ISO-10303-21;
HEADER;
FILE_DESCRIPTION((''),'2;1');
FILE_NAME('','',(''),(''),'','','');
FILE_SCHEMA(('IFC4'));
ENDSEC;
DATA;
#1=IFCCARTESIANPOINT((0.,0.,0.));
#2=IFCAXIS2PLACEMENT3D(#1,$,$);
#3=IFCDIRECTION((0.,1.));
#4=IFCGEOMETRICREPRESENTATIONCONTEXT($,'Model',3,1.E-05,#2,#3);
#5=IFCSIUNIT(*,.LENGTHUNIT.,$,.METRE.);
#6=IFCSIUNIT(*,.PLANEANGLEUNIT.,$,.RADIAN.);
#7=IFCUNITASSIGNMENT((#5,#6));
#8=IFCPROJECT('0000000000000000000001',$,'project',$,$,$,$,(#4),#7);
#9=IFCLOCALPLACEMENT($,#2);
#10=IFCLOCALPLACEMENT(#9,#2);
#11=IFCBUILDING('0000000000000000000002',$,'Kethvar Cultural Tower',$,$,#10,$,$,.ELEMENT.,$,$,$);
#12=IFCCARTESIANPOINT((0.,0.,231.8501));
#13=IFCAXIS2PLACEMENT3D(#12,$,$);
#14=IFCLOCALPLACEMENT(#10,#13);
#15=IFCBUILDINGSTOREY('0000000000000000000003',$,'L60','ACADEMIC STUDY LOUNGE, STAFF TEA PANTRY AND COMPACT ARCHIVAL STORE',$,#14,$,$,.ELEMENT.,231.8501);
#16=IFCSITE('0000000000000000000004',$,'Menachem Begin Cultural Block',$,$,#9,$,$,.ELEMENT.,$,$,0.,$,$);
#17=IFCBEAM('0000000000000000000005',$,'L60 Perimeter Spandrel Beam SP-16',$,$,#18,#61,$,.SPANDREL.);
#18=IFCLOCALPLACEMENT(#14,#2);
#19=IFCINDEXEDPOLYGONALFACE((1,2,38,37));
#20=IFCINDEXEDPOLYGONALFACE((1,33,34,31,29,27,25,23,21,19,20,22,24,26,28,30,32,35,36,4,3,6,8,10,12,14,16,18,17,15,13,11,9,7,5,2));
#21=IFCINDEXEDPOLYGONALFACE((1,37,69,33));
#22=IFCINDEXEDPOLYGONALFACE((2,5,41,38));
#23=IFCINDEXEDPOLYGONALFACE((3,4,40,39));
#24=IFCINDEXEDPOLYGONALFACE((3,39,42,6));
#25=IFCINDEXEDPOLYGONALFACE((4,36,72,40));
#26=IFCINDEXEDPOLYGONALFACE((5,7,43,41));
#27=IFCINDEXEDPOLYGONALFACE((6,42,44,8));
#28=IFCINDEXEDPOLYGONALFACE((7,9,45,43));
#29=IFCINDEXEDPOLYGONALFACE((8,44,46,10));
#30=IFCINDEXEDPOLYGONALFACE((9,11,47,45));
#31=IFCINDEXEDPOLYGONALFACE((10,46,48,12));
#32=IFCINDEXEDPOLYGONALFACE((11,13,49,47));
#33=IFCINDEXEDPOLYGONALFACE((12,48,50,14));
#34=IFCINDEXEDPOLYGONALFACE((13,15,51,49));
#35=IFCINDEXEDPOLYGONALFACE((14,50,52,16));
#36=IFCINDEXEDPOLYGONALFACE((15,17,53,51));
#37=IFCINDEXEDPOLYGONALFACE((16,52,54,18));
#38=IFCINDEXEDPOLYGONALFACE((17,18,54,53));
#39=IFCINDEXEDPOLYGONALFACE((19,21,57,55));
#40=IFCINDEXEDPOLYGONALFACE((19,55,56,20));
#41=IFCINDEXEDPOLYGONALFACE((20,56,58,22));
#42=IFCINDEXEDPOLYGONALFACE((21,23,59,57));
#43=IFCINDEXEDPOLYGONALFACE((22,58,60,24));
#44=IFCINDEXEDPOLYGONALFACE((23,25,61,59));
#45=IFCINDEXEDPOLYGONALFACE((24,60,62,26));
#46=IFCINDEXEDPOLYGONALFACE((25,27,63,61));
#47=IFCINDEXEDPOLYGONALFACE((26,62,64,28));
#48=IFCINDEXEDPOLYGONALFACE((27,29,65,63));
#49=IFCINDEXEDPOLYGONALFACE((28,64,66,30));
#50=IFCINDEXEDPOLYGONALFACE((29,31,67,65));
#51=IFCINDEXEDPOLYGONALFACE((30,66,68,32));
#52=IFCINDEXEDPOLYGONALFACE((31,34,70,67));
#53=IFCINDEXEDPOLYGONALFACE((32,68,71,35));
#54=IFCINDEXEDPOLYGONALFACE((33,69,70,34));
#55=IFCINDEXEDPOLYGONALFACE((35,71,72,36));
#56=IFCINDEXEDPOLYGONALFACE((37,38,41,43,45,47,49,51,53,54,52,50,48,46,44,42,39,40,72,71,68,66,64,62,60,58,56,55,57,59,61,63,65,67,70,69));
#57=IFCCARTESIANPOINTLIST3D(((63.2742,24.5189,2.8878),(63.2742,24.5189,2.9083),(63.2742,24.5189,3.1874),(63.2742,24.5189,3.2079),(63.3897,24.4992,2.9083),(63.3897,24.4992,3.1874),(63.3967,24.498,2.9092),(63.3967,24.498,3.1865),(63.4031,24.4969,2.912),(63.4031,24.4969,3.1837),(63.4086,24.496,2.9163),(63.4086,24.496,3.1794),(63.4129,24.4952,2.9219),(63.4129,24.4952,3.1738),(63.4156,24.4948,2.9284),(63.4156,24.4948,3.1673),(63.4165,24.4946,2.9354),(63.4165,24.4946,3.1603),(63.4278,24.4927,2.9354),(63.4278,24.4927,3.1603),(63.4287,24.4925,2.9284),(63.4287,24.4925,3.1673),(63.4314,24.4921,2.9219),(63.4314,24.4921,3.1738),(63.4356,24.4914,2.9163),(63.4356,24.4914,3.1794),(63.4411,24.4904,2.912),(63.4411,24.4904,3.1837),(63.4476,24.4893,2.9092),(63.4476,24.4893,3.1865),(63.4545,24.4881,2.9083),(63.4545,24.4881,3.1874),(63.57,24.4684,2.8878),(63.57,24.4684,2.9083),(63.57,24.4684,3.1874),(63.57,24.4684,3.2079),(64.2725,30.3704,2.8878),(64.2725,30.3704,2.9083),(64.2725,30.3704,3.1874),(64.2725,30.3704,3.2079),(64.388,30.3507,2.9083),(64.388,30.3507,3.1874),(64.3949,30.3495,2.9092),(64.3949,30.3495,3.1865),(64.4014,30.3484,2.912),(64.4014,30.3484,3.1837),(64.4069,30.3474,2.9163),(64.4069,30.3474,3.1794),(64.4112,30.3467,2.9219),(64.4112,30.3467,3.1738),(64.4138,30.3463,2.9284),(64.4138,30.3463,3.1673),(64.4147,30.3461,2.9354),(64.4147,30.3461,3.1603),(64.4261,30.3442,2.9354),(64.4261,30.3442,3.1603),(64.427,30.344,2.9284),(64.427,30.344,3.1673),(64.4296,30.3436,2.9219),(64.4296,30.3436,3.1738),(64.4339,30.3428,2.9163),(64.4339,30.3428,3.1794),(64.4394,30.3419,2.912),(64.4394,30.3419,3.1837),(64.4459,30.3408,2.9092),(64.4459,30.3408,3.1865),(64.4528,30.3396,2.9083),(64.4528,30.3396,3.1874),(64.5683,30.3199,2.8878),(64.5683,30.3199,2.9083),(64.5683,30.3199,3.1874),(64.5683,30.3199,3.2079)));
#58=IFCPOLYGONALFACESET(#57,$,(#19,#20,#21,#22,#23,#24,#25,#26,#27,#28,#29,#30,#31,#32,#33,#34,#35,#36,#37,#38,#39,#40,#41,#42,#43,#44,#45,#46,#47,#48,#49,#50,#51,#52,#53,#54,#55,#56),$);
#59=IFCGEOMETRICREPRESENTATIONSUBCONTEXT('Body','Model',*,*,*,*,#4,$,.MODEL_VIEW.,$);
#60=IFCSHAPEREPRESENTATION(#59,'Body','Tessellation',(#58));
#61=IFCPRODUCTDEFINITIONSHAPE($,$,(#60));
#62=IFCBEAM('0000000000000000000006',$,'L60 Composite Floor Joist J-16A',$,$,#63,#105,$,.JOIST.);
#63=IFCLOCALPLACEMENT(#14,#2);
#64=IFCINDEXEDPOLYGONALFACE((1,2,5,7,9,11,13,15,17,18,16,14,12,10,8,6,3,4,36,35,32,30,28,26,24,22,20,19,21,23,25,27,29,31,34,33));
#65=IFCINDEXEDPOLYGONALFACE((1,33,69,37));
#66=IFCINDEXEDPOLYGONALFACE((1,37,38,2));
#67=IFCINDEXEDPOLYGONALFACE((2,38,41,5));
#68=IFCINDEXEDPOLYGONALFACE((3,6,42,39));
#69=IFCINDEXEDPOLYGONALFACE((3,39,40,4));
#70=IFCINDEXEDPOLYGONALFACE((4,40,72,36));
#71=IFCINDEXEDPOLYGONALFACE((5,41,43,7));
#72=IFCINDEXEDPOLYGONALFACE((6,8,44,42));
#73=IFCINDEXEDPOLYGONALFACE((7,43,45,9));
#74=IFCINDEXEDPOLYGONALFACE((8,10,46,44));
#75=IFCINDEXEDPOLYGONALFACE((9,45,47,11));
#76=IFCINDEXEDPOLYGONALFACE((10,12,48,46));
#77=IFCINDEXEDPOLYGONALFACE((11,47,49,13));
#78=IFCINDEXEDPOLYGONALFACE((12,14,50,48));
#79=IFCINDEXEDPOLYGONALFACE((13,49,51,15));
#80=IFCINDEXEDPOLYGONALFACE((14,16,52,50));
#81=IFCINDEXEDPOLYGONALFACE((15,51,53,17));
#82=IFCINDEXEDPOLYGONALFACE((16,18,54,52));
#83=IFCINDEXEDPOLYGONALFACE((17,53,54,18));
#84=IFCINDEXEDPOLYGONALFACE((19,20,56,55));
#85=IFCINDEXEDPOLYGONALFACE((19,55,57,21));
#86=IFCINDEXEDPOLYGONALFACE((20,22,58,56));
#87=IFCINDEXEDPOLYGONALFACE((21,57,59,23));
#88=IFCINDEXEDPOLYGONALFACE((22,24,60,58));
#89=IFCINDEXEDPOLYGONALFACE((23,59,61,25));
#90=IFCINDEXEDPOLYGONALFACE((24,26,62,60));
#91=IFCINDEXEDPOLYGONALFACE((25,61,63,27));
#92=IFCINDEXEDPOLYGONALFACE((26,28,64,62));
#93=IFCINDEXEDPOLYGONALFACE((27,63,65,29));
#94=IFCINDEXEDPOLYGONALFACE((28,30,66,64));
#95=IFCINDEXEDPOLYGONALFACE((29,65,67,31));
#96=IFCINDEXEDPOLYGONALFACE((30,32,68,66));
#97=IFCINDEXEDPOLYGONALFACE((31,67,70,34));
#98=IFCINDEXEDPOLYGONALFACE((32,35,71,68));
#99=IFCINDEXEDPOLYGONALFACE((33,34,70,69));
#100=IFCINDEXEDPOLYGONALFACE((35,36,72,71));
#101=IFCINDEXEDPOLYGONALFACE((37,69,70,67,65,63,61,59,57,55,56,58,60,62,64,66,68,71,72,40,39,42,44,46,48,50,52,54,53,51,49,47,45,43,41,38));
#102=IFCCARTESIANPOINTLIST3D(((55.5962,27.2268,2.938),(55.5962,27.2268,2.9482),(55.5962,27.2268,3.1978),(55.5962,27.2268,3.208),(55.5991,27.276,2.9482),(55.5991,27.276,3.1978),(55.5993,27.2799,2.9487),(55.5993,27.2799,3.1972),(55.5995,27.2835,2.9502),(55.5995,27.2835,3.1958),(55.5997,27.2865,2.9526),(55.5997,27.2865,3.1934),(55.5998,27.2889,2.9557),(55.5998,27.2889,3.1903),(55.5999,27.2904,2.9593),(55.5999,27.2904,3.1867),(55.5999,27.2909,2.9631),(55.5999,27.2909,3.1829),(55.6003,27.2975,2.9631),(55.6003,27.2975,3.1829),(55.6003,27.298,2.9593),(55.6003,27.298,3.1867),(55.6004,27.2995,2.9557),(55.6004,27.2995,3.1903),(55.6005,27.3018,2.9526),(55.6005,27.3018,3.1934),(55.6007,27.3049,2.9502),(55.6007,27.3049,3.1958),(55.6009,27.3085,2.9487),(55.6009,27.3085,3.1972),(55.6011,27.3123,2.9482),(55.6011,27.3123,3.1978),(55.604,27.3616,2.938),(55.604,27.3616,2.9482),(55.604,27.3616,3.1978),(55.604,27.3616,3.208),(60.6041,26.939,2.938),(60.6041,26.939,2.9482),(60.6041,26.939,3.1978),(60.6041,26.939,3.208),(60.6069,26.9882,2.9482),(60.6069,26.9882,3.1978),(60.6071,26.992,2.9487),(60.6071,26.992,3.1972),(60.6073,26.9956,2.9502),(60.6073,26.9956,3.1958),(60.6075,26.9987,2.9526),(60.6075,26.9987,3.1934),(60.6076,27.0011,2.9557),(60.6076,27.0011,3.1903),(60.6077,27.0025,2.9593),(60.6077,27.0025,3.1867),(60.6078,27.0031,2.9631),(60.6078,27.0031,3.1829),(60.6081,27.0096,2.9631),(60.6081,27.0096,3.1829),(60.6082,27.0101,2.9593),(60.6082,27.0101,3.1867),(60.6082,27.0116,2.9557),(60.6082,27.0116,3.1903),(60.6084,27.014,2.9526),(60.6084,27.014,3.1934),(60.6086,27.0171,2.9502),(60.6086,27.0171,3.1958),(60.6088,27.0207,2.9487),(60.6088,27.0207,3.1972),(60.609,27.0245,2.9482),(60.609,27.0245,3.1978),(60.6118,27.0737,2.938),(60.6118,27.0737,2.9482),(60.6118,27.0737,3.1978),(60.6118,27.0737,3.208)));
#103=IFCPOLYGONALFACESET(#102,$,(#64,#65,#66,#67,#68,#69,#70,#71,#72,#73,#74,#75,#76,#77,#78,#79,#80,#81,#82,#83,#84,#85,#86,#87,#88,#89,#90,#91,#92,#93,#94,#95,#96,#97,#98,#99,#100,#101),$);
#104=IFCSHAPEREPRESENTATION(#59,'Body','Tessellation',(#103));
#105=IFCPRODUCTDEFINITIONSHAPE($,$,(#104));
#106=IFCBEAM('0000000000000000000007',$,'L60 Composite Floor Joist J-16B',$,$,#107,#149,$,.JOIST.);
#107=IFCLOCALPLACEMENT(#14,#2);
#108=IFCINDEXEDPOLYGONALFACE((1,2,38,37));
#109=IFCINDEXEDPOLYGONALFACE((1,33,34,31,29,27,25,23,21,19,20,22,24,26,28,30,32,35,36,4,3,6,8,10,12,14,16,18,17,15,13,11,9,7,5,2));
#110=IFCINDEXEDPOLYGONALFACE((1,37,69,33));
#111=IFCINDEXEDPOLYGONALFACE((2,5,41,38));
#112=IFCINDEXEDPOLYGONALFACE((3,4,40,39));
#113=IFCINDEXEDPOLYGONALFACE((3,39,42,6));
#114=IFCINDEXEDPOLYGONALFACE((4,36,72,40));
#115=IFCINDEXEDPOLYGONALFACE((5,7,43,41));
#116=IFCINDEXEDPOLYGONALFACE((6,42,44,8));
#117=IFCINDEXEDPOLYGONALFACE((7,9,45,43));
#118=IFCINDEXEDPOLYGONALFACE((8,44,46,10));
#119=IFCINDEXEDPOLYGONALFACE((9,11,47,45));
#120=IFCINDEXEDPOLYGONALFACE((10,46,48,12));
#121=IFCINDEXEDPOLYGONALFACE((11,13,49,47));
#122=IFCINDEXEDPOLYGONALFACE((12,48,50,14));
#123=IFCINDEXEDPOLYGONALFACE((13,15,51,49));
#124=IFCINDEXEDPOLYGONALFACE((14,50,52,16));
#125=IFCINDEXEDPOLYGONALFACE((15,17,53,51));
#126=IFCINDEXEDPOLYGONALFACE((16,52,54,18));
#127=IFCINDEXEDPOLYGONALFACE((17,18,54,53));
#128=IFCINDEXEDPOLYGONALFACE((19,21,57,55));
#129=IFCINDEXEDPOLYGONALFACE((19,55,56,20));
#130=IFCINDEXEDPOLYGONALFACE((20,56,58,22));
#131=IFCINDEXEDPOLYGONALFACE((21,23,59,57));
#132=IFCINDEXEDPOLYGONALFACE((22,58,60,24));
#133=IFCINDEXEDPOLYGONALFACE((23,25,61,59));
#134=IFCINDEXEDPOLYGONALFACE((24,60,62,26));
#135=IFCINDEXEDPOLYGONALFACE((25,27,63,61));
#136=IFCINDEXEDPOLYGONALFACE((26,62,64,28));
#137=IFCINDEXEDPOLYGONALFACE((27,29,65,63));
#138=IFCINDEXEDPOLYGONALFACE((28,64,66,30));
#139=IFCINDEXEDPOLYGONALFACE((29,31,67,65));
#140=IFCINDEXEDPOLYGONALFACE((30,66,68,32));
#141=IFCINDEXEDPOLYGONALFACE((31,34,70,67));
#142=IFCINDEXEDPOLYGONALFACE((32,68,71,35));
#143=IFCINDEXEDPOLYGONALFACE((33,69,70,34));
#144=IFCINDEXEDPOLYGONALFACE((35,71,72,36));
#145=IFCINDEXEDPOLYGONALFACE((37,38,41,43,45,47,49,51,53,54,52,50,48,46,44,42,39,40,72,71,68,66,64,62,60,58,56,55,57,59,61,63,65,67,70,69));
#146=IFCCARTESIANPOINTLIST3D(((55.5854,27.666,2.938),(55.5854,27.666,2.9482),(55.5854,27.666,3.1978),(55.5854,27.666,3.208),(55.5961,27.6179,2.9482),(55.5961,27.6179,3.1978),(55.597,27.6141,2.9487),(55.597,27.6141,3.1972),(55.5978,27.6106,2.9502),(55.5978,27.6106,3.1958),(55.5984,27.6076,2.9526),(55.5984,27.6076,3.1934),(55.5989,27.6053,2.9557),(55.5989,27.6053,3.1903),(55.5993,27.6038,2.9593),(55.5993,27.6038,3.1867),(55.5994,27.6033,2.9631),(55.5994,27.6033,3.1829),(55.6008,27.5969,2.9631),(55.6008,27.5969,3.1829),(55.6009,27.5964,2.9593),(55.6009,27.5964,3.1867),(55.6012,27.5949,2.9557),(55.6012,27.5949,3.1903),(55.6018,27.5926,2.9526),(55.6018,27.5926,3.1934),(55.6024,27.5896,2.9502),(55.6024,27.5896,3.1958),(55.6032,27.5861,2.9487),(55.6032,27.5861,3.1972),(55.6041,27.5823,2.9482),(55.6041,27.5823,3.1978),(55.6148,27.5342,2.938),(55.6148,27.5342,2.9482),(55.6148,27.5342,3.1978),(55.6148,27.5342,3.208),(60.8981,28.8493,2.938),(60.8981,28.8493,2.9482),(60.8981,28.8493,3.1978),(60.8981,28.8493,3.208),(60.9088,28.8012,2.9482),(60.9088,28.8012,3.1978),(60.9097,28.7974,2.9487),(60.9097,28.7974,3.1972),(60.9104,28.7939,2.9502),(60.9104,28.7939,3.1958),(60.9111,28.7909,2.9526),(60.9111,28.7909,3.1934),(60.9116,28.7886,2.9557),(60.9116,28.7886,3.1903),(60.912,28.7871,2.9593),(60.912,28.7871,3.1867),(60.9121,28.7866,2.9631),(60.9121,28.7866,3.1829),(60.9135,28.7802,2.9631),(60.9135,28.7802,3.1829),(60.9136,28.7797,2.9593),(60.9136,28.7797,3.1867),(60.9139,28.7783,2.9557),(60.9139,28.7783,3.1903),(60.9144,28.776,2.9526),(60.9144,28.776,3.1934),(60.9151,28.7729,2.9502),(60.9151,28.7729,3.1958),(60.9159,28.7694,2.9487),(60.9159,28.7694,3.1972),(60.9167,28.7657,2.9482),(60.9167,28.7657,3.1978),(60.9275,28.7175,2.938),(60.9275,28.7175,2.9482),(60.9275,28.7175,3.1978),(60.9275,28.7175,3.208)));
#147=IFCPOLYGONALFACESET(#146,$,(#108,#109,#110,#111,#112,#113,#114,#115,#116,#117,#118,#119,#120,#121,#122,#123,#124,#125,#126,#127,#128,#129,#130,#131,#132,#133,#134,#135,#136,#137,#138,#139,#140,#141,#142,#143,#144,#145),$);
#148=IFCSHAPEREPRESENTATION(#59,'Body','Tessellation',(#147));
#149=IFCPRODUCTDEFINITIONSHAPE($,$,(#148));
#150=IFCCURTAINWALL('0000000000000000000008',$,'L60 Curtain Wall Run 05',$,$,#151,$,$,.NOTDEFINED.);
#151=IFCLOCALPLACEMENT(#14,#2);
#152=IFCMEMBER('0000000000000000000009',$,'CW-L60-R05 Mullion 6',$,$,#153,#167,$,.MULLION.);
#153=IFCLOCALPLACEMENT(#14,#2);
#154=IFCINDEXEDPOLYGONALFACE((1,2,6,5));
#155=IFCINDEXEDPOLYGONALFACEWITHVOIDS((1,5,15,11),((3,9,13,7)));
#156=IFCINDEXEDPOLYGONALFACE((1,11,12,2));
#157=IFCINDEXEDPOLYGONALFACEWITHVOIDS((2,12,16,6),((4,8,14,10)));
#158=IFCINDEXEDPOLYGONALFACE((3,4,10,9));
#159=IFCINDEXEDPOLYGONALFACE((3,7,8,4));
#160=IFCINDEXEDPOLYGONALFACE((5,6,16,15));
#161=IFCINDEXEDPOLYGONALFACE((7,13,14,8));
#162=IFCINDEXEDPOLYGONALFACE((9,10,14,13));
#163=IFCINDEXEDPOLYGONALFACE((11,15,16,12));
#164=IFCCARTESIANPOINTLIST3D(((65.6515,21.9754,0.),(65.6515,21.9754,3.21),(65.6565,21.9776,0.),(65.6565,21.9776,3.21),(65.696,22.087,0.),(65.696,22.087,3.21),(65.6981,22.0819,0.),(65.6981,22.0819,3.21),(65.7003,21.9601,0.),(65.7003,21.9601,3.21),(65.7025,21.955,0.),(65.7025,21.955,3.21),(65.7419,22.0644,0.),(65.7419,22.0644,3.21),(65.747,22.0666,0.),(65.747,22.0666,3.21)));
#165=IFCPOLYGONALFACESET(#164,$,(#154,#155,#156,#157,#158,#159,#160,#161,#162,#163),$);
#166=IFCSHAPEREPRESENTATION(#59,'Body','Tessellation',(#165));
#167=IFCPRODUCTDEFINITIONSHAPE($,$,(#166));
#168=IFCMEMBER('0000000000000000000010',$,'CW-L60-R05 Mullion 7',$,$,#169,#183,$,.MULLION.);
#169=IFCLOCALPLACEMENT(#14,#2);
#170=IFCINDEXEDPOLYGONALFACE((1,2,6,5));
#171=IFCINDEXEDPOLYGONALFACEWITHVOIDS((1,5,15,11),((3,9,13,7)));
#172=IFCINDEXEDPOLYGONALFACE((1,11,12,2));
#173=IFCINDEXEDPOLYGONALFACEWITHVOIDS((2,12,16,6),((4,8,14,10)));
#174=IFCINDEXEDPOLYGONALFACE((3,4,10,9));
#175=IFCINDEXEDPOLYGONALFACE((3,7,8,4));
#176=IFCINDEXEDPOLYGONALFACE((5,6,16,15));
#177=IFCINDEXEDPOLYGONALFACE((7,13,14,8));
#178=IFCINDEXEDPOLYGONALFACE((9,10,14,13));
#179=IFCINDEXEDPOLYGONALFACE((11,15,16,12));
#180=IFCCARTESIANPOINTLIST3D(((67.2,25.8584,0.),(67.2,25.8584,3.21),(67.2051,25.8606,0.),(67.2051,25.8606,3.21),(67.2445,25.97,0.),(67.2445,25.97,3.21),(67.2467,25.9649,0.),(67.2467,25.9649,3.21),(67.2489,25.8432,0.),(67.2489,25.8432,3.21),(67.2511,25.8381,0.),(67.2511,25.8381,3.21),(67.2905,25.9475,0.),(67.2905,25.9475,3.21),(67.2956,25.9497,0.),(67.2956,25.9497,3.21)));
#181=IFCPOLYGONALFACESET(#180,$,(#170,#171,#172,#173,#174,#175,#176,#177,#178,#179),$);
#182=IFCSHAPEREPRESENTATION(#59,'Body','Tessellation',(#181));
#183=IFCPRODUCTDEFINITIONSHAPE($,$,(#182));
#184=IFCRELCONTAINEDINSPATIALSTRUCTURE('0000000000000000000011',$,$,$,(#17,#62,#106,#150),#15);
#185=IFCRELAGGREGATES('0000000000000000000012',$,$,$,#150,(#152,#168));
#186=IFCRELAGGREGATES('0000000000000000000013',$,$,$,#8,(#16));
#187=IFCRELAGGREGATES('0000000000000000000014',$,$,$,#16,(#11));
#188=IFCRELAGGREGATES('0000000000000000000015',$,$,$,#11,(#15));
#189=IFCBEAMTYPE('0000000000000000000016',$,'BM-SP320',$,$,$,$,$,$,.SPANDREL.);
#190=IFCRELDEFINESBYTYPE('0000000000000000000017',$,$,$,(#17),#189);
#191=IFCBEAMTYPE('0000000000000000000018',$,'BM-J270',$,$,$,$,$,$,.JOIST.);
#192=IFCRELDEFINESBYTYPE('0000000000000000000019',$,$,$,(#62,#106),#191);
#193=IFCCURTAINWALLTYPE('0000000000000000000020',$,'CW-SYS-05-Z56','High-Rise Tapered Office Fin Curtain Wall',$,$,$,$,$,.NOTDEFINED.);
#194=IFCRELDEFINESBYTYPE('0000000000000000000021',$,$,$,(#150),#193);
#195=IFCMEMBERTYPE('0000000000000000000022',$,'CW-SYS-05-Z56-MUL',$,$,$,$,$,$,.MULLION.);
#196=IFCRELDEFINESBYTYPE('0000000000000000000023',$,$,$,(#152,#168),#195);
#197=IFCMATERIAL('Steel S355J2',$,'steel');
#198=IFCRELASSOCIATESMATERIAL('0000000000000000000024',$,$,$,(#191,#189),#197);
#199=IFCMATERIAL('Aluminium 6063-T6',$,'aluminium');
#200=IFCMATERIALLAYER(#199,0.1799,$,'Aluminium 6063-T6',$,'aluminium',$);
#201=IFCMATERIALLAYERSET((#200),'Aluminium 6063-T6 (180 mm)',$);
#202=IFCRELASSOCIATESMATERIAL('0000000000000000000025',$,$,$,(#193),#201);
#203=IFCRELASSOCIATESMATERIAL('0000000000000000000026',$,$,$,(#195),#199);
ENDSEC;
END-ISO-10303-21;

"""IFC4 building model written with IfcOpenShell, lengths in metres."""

from ifc_helpers import new_model, si_unit, direction, frame, origin, origin_2d, place, context, subcontext, project, spatial, hollow_rectangle, i_section, extrude, source, transform, mapped, material, layer, layer_set, material_profile, profile_set, type_object, element, aggregate, save


model = new_model("IFC4")

# Units and contexts
model_context = context("Model", 3, precision=1e-05, world=origin(), true_north=direction((0.0, 1.0)))
body_context = subcontext(model_context, "Body", "Model", "MODEL_VIEW")
ifc_project = project(units=[si_unit("LENGTHUNIT", "METRE"), si_unit("PLANEANGLEUNIT", "RADIAN")], contexts=[model_context])

# Site, building, storey
site_placement = place(None, origin())
site = spatial("IfcSite", under=ifc_project, at=site_placement, Name="Menachem Begin Cultural Block", CompositionType="ELEMENT", RefElevation=0.0)
building_placement = place(site_placement, origin())
building = spatial("IfcBuilding", under=site, at=building_placement, Name="Kethvar Cultural Tower", CompositionType="ELEMENT")
storey_placement = place(building_placement, frame((0.0, 0.0, 231.8501)))
storey = spatial("IfcBuildingStorey", under=building, at=storey_placement, Name="L60", Description="ACADEMIC STUDY LOUNGE, STAFF TEA PANTRY AND COMPACT ARCHIVAL STORE", CompositionType="ELEMENT", Elevation=231.8501)

# Beams
ifc_material_1 = material(Name="Steel S355J2", Category="steel")
ifc_material_profile_1 = material_profile(ifc_material_1, i_section(OverallWidth=0.135, OverallDepth=0.27, WebThickness=0.0066, FlangeThickness=0.0103, FilletRadius=0.0149, at=origin_2d()), Name="Steel S355J2 — IPE270")
ifc_profile_set_1 = profile_set([ifc_material_profile_1], Name="Steel S355J2 — IPE270")
beam_type_1 = type_object("IfcBeamType", Name="BM-J270", PredefinedType="JOIST", material=ifc_profile_set_1)
ifc_material_profile_2 = material_profile(ifc_material_1, i_section(OverallWidth=0.3, OverallDepth=0.3201, WebThickness=0.0115, FlangeThickness=0.0205, FilletRadius=0.0271, at=origin_2d()), Name="Steel S355J2 — HEB320")
ifc_profile_set_2 = profile_set([ifc_material_profile_2], Name="Steel S355J2 — HEB320")
beam_type_2 = type_object("IfcBeamType", Name="BM-SP320", PredefinedType="SPANDREL", material=ifc_profile_set_2)
shared_shape_1 = source(origin(), body_context, "Body", "SweptSolid", [
    extrude(i_section(OverallWidth=0.3, OverallDepth=0.3201, WebThickness=0.0115, FlangeThickness=0.0205, FilletRadius=0.0271, at=origin_2d()), origin(), (0.0, 0.0, 1.0), 5.936),
])
beam_1_placement = place(storey_placement, frame((63.4221, 24.4937, 3.0479), z_axis=(0.168173, 0.985758, 0.0), x_axis=(-0.985758, 0.168173, 0.0)))
element("IfcBeam", 1, at=beam_1_placement, inside=storey, type_object=beam_type_2, Name="L60 Perimeter Spandrel Beam SP-16", PredefinedType="SPANDREL", context=body_context, shape_type="MappedRepresentation", body=[
    mapped(shared_shape_1, transform((0.0, 0.0, 0.0), scale=1.0)),
])
shared_shape_2 = source(origin(), body_context, "Body", "SweptSolid", [
    extrude(i_section(OverallWidth=0.135, OverallDepth=0.27, WebThickness=0.0066, FlangeThickness=0.0103, FilletRadius=0.0149, at=origin_2d()), origin(), (0.0, 0.0, 1.0), 5.0161),
])
beam_2_placement = place(storey_placement, frame((55.6001, 27.2942, 3.073), z_axis=(0.998352, -0.057384, 0.0), x_axis=(0.057384, 0.998352, 0.0)))
element("IfcBeam", 2, at=beam_2_placement, inside=storey, type_object=beam_type_1, Name="L60 Composite Floor Joist J-16A", PredefinedType="JOIST", context=body_context, shape_type="MappedRepresentation", body=[
    mapped(shared_shape_2, transform((0.0, 0.0, 0.0), scale=1.0)),
])
shared_shape_3 = source(origin(), body_context, "Body", "SweptSolid", [
    extrude(i_section(OverallWidth=0.135, OverallDepth=0.27, WebThickness=0.0066, FlangeThickness=0.0103, FilletRadius=0.0149, at=origin_2d()), origin(), (0.0, 0.0, 1.0), 5.4429),
])
beam_3_placement = place(storey_placement, frame((55.6001, 27.6001, 3.073), z_axis=(0.97608, 0.21741, 0.0), x_axis=(-0.21741, 0.97608, 0.0)))
element("IfcBeam", 3, at=beam_3_placement, inside=storey, type_object=beam_type_1, Name="L60 Composite Floor Joist J-16B", PredefinedType="JOIST", context=body_context, shape_type="MappedRepresentation", body=[
    mapped(shared_shape_3, transform((0.0, 0.0, 0.0), scale=1.0)),
])

# Curtain wall, members
ifc_material_2 = material(Name="Aluminium 6063-T6", Category="aluminium")
ifc_layer_1 = layer(ifc_material_2, 0.1799, Name="Aluminium 6063-T6", Category="aluminium")
ifc_layer_set_1 = layer_set([ifc_layer_1], Name="Aluminium 6063-T6 (180 mm)")
curtain_wall_type = type_object("IfcCurtainWallType", Name="CW-SYS-05-Z56", Description="High-Rise Tapered Office Fin Curtain Wall", PredefinedType="NOTDEFINED", material=ifc_layer_set_1)
curtain_wall_1_placement = place(storey_placement, origin())
curtain_wall_1 = element("IfcCurtainWall", 4, at=curtain_wall_1_placement, inside=storey, type_object=curtain_wall_type, Name="L60 Curtain Wall Run 05", PredefinedType="NOTDEFINED")
ifc_material_profile_3 = material_profile(ifc_material_2, hollow_rectangle(XDim=0.0549, YDim=0.1201, WallThickness=0.0039, at=origin_2d()), Name="Aluminium 6063-T6 — RHS120x55x4")
ifc_profile_set_3 = profile_set([ifc_material_profile_3], Name="Aluminium 6063-T6 — RHS120x55x4")
member_type_1 = type_object("IfcMemberType", Name="CW-SYS-05-Z56-MUL", PredefinedType="MULLION", material=ifc_profile_set_3)
shared_shape_4 = source(origin(), body_context, "Body", "SweptSolid", [
    extrude(hollow_rectangle(XDim=0.0549, YDim=0.1201, WallThickness=0.0039, at=origin_2d()), origin(), (0.0, 0.0, 1.0), 3.21),
])
member_1_placement = place(storey_placement, frame((65.6992, 22.021, 0.0), z_axis=(0.0, 0.0, 1.0), x_axis=(-0.928861, 0.370428, 0.0)))
member_1 = element("IfcMember", 5, at=member_1_placement, type_object=member_type_1, Name="CW-L60-R05 Mullion 6", PredefinedType="MULLION", context=body_context, shape_type="MappedRepresentation", body=[
    mapped(shared_shape_4, transform((0.0, 0.0, 0.0), scale=1.0)),
])
member_2_placement = place(storey_placement, frame((67.2478, 25.9041, 0.0), z_axis=(0.0, 0.0, 1.0), x_axis=(-0.928861, 0.370428, 0.0)))
member_2 = element("IfcMember", 6, at=member_2_placement, type_object=member_type_1, Name="CW-L60-R05 Mullion 7", PredefinedType="MULLION", context=body_context, shape_type="MappedRepresentation", body=[
    mapped(shared_shape_4, transform((0.0, 0.0, 0.0), scale=1.0)),
])

aggregate(curtain_wall_1, [member_1, member_2])

save(model, "model.ifc")
